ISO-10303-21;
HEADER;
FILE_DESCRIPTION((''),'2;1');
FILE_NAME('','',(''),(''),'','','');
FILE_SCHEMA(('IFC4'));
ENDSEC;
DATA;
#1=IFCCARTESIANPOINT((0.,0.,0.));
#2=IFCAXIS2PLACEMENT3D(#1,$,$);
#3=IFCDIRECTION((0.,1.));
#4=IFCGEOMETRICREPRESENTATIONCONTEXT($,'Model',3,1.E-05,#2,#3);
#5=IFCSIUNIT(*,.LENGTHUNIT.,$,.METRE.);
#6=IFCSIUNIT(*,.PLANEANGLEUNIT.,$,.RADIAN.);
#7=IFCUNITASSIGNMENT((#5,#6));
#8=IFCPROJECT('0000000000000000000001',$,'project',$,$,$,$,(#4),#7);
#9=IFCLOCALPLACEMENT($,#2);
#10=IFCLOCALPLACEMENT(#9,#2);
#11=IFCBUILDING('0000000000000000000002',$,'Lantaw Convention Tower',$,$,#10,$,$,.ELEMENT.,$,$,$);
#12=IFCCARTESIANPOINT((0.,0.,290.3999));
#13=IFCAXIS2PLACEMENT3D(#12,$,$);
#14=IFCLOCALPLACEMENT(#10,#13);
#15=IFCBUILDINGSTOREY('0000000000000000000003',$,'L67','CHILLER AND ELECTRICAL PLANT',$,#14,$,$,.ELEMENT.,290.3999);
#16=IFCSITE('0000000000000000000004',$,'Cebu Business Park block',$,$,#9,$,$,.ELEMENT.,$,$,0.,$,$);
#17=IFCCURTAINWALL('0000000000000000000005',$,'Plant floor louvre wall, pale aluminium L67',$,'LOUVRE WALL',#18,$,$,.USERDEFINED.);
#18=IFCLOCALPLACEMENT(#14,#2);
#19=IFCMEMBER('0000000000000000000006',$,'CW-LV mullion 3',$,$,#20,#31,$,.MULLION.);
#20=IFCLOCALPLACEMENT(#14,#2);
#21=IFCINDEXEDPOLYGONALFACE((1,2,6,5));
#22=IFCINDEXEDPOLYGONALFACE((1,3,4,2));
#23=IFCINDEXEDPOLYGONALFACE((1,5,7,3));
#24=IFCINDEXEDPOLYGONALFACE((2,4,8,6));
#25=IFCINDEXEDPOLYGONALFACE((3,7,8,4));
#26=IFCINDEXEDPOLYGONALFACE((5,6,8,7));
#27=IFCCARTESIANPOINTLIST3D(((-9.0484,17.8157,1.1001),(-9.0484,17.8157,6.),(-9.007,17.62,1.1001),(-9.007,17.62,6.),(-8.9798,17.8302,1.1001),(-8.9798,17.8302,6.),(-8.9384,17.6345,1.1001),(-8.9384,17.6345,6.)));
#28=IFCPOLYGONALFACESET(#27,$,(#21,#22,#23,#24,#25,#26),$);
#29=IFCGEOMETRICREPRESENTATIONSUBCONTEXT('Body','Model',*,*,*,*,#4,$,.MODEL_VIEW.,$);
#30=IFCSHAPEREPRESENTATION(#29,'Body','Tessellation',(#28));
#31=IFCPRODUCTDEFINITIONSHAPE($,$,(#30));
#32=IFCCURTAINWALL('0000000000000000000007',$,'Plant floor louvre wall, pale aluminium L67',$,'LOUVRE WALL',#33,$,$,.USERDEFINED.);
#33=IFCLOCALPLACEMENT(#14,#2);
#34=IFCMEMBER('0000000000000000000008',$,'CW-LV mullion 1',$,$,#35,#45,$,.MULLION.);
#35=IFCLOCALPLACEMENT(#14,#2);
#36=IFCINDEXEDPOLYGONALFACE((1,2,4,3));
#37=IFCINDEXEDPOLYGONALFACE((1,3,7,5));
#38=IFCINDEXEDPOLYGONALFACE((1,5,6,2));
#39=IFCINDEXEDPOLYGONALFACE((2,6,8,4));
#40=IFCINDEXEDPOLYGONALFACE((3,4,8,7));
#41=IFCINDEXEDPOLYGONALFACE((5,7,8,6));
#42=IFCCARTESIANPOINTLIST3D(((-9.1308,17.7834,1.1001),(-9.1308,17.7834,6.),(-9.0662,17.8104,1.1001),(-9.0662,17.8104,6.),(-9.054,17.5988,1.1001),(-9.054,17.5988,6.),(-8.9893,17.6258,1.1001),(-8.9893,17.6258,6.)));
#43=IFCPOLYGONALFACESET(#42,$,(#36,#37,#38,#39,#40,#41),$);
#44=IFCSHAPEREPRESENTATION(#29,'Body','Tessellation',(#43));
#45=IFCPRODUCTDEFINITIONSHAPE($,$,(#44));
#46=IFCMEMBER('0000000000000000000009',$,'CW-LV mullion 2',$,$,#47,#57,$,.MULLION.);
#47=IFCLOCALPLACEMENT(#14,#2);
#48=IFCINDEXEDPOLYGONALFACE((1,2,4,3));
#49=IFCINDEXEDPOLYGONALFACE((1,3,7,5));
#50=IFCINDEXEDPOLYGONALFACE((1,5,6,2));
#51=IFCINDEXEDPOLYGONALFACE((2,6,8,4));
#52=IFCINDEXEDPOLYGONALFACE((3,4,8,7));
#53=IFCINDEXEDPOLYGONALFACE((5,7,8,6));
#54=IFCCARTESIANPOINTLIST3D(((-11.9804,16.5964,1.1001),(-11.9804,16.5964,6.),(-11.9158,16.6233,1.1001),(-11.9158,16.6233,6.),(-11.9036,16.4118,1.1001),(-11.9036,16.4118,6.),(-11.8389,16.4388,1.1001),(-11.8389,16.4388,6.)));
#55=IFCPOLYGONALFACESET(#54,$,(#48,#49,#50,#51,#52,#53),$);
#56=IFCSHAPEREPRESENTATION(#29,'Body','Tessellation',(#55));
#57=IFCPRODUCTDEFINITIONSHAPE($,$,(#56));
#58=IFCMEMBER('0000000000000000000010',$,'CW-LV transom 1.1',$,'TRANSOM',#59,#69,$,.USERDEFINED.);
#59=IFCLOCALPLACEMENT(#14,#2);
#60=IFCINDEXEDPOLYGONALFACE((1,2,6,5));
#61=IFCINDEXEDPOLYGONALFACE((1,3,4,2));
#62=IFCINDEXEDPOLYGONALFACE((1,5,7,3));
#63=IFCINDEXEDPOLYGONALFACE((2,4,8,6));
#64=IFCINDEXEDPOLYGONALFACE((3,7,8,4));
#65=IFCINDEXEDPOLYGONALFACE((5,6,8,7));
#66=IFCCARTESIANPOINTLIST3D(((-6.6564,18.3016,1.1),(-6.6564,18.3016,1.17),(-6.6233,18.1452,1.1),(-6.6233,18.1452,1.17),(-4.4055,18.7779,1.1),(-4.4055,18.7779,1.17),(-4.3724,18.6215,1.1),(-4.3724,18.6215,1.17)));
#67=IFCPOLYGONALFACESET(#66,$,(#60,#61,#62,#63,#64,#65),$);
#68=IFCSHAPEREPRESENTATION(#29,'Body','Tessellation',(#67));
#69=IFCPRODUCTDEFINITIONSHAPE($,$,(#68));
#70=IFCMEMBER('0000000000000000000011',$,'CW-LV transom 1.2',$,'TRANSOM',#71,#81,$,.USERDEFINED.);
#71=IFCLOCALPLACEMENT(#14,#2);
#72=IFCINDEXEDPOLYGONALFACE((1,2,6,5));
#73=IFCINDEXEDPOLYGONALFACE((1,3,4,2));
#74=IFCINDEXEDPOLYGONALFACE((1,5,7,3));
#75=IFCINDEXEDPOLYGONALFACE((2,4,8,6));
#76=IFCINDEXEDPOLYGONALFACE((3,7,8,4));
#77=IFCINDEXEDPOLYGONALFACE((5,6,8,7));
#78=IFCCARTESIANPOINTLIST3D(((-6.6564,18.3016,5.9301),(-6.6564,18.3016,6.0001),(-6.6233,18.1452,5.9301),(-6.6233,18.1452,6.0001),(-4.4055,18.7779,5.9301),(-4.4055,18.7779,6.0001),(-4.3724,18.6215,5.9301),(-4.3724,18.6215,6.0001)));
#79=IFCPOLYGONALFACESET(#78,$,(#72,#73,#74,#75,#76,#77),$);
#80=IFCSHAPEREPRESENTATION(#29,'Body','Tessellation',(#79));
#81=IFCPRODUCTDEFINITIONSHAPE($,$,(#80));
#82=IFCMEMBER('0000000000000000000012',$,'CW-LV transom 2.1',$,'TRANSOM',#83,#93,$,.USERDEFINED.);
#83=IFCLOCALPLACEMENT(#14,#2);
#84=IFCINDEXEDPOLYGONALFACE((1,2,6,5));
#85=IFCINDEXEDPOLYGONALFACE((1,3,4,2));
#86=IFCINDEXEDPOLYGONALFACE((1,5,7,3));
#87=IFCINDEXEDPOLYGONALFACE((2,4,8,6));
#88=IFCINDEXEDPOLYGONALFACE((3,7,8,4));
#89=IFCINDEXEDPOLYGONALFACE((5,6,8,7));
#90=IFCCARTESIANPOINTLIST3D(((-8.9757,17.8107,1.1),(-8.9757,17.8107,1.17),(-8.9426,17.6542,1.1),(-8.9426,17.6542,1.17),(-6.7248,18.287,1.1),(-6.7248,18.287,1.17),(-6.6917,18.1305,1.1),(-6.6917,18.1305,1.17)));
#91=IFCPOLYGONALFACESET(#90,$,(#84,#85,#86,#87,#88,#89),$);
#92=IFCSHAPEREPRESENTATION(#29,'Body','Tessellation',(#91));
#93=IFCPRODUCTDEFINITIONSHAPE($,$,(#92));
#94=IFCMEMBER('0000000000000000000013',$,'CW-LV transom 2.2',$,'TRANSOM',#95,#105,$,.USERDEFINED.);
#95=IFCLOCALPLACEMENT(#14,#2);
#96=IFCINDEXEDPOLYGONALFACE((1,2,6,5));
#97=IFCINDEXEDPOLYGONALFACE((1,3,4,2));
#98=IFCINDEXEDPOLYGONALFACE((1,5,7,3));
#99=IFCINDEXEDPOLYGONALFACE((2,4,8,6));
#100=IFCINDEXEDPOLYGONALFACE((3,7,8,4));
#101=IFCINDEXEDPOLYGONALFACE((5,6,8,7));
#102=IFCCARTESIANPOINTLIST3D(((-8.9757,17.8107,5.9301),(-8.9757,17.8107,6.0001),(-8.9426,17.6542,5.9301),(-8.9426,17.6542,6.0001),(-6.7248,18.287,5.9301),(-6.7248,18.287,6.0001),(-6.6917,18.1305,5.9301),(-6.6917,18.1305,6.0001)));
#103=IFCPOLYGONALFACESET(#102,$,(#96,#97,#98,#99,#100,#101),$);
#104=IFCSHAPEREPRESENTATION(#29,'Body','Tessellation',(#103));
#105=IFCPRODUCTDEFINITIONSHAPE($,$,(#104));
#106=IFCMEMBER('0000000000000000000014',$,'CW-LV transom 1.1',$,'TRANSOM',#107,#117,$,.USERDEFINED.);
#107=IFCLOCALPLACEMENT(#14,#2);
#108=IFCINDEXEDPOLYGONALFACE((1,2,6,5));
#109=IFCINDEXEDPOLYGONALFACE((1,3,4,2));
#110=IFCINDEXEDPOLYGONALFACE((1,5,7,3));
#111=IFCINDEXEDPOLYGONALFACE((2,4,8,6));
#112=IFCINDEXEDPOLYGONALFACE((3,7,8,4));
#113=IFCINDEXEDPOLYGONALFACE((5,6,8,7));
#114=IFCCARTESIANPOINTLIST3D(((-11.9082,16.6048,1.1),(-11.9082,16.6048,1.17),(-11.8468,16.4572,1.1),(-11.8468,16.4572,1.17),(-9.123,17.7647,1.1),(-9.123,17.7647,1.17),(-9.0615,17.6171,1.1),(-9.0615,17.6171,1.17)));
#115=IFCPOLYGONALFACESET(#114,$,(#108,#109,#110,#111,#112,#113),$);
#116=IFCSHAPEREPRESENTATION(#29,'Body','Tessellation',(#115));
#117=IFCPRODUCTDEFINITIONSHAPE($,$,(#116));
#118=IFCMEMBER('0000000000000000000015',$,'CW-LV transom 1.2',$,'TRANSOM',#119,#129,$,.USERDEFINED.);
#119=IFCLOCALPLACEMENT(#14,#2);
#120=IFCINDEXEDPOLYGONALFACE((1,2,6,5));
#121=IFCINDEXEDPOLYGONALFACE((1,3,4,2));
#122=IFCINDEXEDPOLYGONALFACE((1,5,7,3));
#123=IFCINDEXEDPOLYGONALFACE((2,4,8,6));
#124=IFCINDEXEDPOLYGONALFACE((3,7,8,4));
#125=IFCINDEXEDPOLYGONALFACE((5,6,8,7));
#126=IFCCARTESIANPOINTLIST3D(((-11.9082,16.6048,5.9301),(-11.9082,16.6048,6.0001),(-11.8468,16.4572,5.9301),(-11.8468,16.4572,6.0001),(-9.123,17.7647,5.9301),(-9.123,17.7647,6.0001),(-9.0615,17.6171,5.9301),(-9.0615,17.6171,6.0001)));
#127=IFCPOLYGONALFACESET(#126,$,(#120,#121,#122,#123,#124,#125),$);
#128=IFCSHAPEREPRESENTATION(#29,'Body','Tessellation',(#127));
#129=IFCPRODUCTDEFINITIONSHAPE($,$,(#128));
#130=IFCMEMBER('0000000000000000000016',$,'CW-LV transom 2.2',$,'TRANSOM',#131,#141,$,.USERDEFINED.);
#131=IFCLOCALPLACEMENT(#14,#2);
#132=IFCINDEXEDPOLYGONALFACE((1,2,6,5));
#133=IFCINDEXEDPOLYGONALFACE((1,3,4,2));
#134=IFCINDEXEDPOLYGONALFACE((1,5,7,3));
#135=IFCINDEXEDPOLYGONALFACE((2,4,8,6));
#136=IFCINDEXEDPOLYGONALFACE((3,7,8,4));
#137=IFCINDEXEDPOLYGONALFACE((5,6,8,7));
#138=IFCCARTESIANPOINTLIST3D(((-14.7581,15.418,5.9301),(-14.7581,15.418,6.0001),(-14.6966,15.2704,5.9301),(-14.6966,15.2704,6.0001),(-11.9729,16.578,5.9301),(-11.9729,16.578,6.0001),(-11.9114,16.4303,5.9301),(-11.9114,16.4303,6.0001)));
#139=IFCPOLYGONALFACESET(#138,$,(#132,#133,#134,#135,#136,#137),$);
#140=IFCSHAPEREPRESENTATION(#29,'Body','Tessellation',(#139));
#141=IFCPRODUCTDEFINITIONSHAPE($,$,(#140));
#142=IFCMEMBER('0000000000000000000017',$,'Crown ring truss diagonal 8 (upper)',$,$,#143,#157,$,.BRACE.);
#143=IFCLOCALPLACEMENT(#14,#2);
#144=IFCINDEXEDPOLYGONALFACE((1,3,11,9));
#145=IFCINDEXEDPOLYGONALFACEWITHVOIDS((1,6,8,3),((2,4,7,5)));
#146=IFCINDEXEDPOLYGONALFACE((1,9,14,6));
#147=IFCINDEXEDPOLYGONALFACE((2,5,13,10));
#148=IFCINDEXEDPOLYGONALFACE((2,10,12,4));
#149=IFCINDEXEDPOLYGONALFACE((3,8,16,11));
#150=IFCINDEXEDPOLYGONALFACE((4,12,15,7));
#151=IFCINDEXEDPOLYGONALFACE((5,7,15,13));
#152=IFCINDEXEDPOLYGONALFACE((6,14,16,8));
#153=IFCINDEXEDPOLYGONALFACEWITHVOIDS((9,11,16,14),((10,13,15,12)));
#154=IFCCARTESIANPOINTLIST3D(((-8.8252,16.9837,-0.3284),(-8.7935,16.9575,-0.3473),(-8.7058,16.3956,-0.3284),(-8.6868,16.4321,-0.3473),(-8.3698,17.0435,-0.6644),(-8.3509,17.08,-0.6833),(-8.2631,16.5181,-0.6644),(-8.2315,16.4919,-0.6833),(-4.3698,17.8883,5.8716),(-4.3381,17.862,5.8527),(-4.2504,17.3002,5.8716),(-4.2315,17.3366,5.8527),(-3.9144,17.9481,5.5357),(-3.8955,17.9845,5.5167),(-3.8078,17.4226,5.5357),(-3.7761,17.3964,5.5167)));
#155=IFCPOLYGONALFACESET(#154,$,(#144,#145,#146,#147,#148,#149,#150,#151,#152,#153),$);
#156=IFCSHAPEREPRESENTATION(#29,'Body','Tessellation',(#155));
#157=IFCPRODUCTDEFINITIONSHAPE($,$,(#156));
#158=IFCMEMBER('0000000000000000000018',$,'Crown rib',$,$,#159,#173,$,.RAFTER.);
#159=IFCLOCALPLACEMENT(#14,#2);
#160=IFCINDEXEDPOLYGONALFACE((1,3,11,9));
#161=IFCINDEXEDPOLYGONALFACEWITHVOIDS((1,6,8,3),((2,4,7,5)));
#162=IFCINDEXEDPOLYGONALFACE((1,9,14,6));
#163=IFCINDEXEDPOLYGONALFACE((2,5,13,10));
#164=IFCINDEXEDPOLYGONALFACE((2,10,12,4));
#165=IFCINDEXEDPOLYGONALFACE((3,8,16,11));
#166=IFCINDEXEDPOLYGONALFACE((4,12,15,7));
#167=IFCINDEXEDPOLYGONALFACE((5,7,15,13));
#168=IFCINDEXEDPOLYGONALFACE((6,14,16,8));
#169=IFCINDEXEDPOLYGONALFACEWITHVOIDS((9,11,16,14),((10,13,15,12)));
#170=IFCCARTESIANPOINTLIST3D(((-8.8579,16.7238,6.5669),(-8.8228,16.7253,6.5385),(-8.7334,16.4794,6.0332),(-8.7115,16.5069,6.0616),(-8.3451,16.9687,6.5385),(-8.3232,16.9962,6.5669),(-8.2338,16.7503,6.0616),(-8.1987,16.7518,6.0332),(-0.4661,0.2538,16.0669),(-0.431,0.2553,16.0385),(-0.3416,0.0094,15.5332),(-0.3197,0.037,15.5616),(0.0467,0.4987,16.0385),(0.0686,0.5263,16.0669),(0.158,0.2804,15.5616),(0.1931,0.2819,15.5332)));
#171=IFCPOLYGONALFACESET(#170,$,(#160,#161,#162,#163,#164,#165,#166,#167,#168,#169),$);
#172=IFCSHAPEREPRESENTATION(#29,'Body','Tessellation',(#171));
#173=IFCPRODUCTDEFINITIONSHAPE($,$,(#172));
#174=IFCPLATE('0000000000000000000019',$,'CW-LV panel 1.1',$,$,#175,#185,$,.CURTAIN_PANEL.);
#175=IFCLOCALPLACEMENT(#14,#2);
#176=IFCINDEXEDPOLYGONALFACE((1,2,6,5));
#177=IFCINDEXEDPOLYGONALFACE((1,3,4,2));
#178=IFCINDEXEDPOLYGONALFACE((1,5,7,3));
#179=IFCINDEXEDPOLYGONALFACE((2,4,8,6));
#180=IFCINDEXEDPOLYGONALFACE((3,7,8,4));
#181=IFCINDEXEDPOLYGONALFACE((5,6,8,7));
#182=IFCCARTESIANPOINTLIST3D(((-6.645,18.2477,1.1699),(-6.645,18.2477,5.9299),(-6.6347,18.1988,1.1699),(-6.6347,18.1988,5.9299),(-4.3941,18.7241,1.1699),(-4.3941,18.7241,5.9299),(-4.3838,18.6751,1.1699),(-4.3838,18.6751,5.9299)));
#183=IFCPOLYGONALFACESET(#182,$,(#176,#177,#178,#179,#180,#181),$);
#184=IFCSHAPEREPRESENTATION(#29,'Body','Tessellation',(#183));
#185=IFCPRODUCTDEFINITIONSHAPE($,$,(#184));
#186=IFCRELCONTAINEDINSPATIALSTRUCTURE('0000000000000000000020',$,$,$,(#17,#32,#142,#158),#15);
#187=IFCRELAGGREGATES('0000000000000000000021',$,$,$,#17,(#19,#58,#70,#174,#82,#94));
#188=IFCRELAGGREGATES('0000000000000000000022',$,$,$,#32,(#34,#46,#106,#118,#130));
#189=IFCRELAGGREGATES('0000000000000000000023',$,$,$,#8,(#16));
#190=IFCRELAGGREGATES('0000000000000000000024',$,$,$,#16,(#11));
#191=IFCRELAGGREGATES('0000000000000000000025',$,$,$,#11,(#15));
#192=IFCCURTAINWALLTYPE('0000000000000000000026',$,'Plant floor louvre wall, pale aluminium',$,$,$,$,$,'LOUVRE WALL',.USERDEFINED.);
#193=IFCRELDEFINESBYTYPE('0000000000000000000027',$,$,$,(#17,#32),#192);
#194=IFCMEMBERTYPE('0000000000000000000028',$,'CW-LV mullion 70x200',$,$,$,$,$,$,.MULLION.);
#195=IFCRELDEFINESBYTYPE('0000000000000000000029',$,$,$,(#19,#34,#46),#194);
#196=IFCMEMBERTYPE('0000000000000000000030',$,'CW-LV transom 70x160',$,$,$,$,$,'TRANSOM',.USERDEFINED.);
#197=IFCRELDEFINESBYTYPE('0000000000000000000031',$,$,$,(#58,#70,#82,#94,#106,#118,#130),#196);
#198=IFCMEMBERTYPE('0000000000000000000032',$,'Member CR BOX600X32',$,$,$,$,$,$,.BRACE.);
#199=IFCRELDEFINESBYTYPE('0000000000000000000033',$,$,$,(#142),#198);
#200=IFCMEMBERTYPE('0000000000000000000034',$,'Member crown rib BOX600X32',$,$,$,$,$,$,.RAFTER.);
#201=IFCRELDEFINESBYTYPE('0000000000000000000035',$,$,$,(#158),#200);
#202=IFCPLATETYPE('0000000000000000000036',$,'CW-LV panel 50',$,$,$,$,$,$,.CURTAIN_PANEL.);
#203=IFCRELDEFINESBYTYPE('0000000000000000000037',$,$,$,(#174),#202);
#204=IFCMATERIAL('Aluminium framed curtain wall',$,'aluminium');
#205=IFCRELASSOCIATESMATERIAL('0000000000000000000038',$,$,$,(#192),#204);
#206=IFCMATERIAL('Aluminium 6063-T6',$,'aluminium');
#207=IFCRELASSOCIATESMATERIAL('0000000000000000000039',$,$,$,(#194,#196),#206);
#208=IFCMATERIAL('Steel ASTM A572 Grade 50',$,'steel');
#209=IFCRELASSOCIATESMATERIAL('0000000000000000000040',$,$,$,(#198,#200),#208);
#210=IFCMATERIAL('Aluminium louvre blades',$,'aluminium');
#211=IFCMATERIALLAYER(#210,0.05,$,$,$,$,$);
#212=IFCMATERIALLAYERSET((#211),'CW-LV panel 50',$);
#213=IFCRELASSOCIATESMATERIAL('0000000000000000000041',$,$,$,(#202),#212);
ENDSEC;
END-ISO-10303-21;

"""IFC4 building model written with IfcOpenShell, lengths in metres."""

from ifc_helpers import new_model, si_unit, direction, frame, origin, origin_2d, place, context, subcontext, project, spatial, rectangle, hollow_rectangle, extrude, material, layer, layer_set, material_profile, profile_set, type_object, element, aggregate, save


model = new_model("IFC4")

# Units and contexts
model_context = context("Model", 3, precision=1e-05, world=origin(), true_north=direction((0.0, 1.0)))
body_context = subcontext(model_context, "Body", "Model", "MODEL_VIEW")
ifc_project = project(units=[si_unit("LENGTHUNIT", "METRE"), si_unit("PLANEANGLEUNIT", "RADIAN")], contexts=[model_context])

# Site, building, storey
site_placement = place(None, origin())
site = spatial("IfcSite", under=ifc_project, at=site_placement, Name="Cebu Business Park block", CompositionType="ELEMENT", RefElevation=0.0)
building_placement = place(site_placement, origin())
building = spatial("IfcBuilding", under=site, at=building_placement, Name="Lantaw Convention Tower", CompositionType="ELEMENT")
storey_placement = place(building_placement, frame((0.0, 0.0, 290.3999)))
storey = spatial("IfcBuildingStorey", under=building, at=storey_placement, Name="L67", Description="CHILLER AND ELECTRICAL PLANT", CompositionType="ELEMENT", Elevation=290.3999)

# Shared definitions
ifc_material_1 = material(Name="Steel ASTM A572 Grade 50", Category="steel")

# Shared definitions
ifc_material_2 = material(Name="Aluminium framed curtain wall", Category="aluminium")
curtain_wall_type = type_object("IfcCurtainWallType", Name="Plant floor louvre wall, pale aluminium", ElementType="LOUVRE WALL", PredefinedType="USERDEFINED", material=ifc_material_2)
ifc_material_3 = material(Name="Aluminium 6063-T6", Category="aluminium")
ifc_material_profile_1 = material_profile(ifc_material_3, rectangle(XDim=0.2, YDim=0.0701, at=origin_2d()), Name="CW-LV mullion 70x200")
ifc_profile_set_1 = profile_set([ifc_material_profile_1], Name="Aluminium 6063-T6")
member_type_1 = type_object("IfcMemberType", Name="CW-LV mullion 70x200", PredefinedType="MULLION", material=ifc_profile_set_1)

# Curtain walls, members
curtain_wall_1_placement = place(storey_placement, origin())
curtain_wall_1 = element("IfcCurtainWall", 1, at=curtain_wall_1_placement, inside=storey, type_object=curtain_wall_type, Name="Plant floor louvre wall, pale aluminium L67", ObjectType="LOUVRE WALL", PredefinedType="USERDEFINED")
member_1_placement = place(storey_placement, frame((-8.9934, 17.7251, 1.1001), z_axis=(0.0, 0.0, 1.0), x_axis=(0.20704, -0.978332, 0.0)))
member_1 = element("IfcMember", 2, at=member_1_placement, type_object=member_type_1, Name="CW-LV mullion 3", PredefinedType="MULLION", context=body_context, shape_type="SweptSolid", body=[
    extrude(rectangle(XDim=0.2, YDim=0.0701, at=origin_2d()), origin(), (0.0, 0.0, 1.0), 4.8999),
])
curtain_wall_2_placement = place(storey_placement, origin())
curtain_wall_2 = element("IfcCurtainWall", 3, at=curtain_wall_2_placement, inside=storey, type_object=curtain_wall_type, Name="Plant floor louvre wall, pale aluminium L67", ObjectType="LOUVRE WALL", PredefinedType="USERDEFINED")
member_2_placement = place(storey_placement, frame((-9.0601, 17.7046, 1.1001), z_axis=(0.0, 0.0, 1.0), x_axis=(0.38446, -0.923142, 0.0)))
member_2 = element("IfcMember", 4, at=member_2_placement, type_object=member_type_1, Name="CW-LV mullion 1", PredefinedType="MULLION", context=body_context, shape_type="SweptSolid", body=[
    extrude(rectangle(XDim=0.2, YDim=0.0701, at=origin_2d()), origin(), (0.0, 0.0, 1.0), 4.8999),
])
member_3_placement = place(storey_placement, frame((-11.9097, 16.5176, 1.1001), z_axis=(0.0, 0.0, 1.0), x_axis=(0.38446, -0.923142, 0.0)))
member_3 = element("IfcMember", 5, at=member_3_placement, type_object=member_type_1, Name="CW-LV mullion 2", PredefinedType="MULLION", context=body_context, shape_type="SweptSolid", body=[
    extrude(rectangle(XDim=0.2, YDim=0.0701, at=origin_2d()), origin(), (0.0, 0.0, 1.0), 4.8999),
])

# Members
ifc_material_profile_2 = material_profile(ifc_material_3, rectangle(XDim=0.1599, YDim=0.0701, at=origin_2d()), Name="CW-LV transom 70x160")
ifc_profile_set_2 = profile_set([ifc_material_profile_2], Name="Aluminium 6063-T6")
member_type_2 = type_object("IfcMemberType", Name="CW-LV transom 70x160", ElementType="TRANSOM", PredefinedType="USERDEFINED", material=ifc_profile_set_2)
member_4_placement = place(storey_placement, frame((-4.3889, 18.6997, 1.135), z_axis=(-0.978336, -0.207021, 0.0), x_axis=(0.207021, -0.978336, 0.0)))
member_4 = element("IfcMember", 6, at=member_4_placement, type_object=member_type_2, Name="CW-LV transom 1.1", ObjectType="TRANSOM", PredefinedType="USERDEFINED", context=body_context, shape_type="SweptSolid", body=[
    extrude(rectangle(XDim=0.1599, YDim=0.0701, at=origin_2d()), origin(), (0.0, 0.0, 1.0), 2.3008),
])
member_5_placement = place(storey_placement, frame((-4.3889, 18.6997, 5.9651), z_axis=(-0.978336, -0.207021, 0.0), x_axis=(0.207021, -0.978336, 0.0)))
member_5 = element("IfcMember", 7, at=member_5_placement, type_object=member_type_2, Name="CW-LV transom 1.2", ObjectType="TRANSOM", PredefinedType="USERDEFINED", context=body_context, shape_type="SweptSolid", body=[
    extrude(rectangle(XDim=0.1599, YDim=0.0701, at=origin_2d()), origin(), (0.0, 0.0, 1.0), 2.3008),
])
member_6_placement = place(storey_placement, frame((-6.7083, 18.2087, 1.135), z_axis=(-0.978336, -0.207021, 0.0), x_axis=(0.207021, -0.978336, 0.0)))
member_6 = element("IfcMember", 8, at=member_6_placement, type_object=member_type_2, Name="CW-LV transom 2.1", ObjectType="TRANSOM", PredefinedType="USERDEFINED", context=body_context, shape_type="SweptSolid", body=[
    extrude(rectangle(XDim=0.1599, YDim=0.0701, at=origin_2d()), origin(), (0.0, 0.0, 1.0), 2.3008),
])
member_7_placement = place(storey_placement, frame((-6.7083, 18.2087, 5.9651), z_axis=(-0.978336, -0.207021, 0.0), x_axis=(0.207021, -0.978336, 0.0)))
member_7 = element("IfcMember", 9, at=member_7_placement, type_object=member_type_2, Name="CW-LV transom 2.2", ObjectType="TRANSOM", PredefinedType="USERDEFINED", context=body_context, shape_type="SweptSolid", body=[
    extrude(rectangle(XDim=0.1599, YDim=0.0701, at=origin_2d()), origin(), (0.0, 0.0, 1.0), 2.3008),
])
member_8_placement = place(storey_placement, frame((-9.0923, 17.6909, 1.135), z_axis=(-0.923144, -0.384454, 0.0), x_axis=(0.384454, -0.923144, 0.0)))
member_8 = element("IfcMember", 10, at=member_8_placement, type_object=member_type_2, Name="CW-LV transom 1.1", ObjectType="TRANSOM", PredefinedType="USERDEFINED", context=body_context, shape_type="SweptSolid", body=[
    extrude(rectangle(XDim=0.1599, YDim=0.0701, at=origin_2d()), origin(), (0.0, 0.0, 1.0), 3.0171),
])
member_9_placement = place(storey_placement, frame((-9.0923, 17.6909, 5.9651), z_axis=(-0.923144, -0.384454, 0.0), x_axis=(0.384454, -0.923144, 0.0)))
member_9 = element("IfcMember", 11, at=member_9_placement, type_object=member_type_2, Name="CW-LV transom 1.2", ObjectType="TRANSOM", PredefinedType="USERDEFINED", context=body_context, shape_type="SweptSolid", body=[
    extrude(rectangle(XDim=0.1599, YDim=0.0701, at=origin_2d()), origin(), (0.0, 0.0, 1.0), 3.0171),
])
member_10_placement = place(storey_placement, frame((-11.9421, 16.5042, 5.9651), z_axis=(-0.923144, -0.384454, 0.0), x_axis=(0.384454, -0.923144, 0.0)))
member_10 = element("IfcMember", 12, at=member_10_placement, type_object=member_type_2, Name="CW-LV transom 2.2", ObjectType="TRANSOM", PredefinedType="USERDEFINED", context=body_context, shape_type="SweptSolid", body=[
    extrude(rectangle(XDim=0.1599, YDim=0.0701, at=origin_2d()), origin(), (0.0, 0.0, 1.0), 3.0171),
])

# Members
ifc_material_profile_3 = material_profile(ifc_material_1, hollow_rectangle(XDim=0.6001, YDim=0.6001, WallThickness=0.032, at=origin_2d()), Name="BOX600X32")
ifc_profile_set_3 = profile_set([ifc_material_profile_3], Name="Steel ASTM A572 Grade 50")
member_type_3 = type_object("IfcMemberType", Name="Member CR BOX600X32", PredefinedType="BRACE", material=ifc_profile_set_3)
member_11_placement = place(storey_placement, frame((-8.5283, 16.7378, -0.5059), z_axis=(0.579506, 0.117654, 0.806431), x_axis=(-0.198966, 0.980006, 0.0)))
element("IfcMember", 13, at=member_11_placement, inside=storey, type_object=member_type_3, Name="Crown ring truss diagonal 8 (upper)", PredefinedType="BRACE", context=body_context, shape_type="SweptSolid", body=[
    extrude(hollow_rectangle(XDim=0.6001, YDim=0.6001, WallThickness=0.032, at=origin_2d()), origin(), (0.0, 0.0, 1.0), 7.6882),
])
ifc_material_profile_4 = material_profile(ifc_material_1, hollow_rectangle(XDim=0.6001, YDim=0.6001, WallThickness=0.032, at=origin_2d()), Name="BOX600X32")
ifc_profile_set_4 = profile_set([ifc_material_profile_4], Name="Steel ASTM A572 Grade 50")
member_type_4 = type_object("IfcMemberType", Name="Member crown rib BOX600X32", PredefinedType="RAFTER", material=ifc_profile_set_4)
member_12_placement = place(storey_placement, frame((-8.5283, 16.7378, 6.3), z_axis=(0.403784, -0.792473, 0.457104), x_axis=(0.891007, 0.453989, 0.0)))
element("IfcMember", 14, at=member_12_placement, inside=storey, type_object=member_type_4, Name="Crown rib", PredefinedType="RAFTER", context=body_context, shape_type="SweptSolid", body=[
    extrude(hollow_rectangle(XDim=0.6001, YDim=0.6001, WallThickness=0.032, at=origin_2d()), origin(), (0.0, 0.0, 1.0), 20.783),
])

# Plate
ifc_material_4 = material(Name="Aluminium louvre blades", Category="aluminium")
ifc_layer_1 = layer(ifc_material_4, 0.05)
ifc_layer_set_1 = layer_set([ifc_layer_1], Name="CW-LV panel 50")
plate_type_1 = type_object("IfcPlateType", Name="CW-LV panel 50", PredefinedType="CURTAIN_PANEL", material=ifc_layer_set_1)
plate_1_placement = place(storey_placement, frame((-5.5144, 18.4614, 1.1699), z_axis=(0.0, 0.0, 1.0), x_axis=(-0.978332, -0.20704, 0.0)))
plate_1 = element("IfcPlate", 15, at=plate_1_placement, type_object=plate_type_1, Name="CW-LV panel 1.1", PredefinedType="CURTAIN_PANEL", context=body_context, shape_type="SweptSolid", body=[
    extrude(rectangle(XDim=2.3008, YDim=0.05, at=origin_2d()), origin(), (0.0, 0.0, 1.0), 4.76),
])
aggregate(curtain_wall_1, [member_1, member_4, member_5, plate_1, member_6, member_7])
aggregate(curtain_wall_2, [member_2, member_3, member_8, member_9, member_10])

save(model, "model.ifc")
